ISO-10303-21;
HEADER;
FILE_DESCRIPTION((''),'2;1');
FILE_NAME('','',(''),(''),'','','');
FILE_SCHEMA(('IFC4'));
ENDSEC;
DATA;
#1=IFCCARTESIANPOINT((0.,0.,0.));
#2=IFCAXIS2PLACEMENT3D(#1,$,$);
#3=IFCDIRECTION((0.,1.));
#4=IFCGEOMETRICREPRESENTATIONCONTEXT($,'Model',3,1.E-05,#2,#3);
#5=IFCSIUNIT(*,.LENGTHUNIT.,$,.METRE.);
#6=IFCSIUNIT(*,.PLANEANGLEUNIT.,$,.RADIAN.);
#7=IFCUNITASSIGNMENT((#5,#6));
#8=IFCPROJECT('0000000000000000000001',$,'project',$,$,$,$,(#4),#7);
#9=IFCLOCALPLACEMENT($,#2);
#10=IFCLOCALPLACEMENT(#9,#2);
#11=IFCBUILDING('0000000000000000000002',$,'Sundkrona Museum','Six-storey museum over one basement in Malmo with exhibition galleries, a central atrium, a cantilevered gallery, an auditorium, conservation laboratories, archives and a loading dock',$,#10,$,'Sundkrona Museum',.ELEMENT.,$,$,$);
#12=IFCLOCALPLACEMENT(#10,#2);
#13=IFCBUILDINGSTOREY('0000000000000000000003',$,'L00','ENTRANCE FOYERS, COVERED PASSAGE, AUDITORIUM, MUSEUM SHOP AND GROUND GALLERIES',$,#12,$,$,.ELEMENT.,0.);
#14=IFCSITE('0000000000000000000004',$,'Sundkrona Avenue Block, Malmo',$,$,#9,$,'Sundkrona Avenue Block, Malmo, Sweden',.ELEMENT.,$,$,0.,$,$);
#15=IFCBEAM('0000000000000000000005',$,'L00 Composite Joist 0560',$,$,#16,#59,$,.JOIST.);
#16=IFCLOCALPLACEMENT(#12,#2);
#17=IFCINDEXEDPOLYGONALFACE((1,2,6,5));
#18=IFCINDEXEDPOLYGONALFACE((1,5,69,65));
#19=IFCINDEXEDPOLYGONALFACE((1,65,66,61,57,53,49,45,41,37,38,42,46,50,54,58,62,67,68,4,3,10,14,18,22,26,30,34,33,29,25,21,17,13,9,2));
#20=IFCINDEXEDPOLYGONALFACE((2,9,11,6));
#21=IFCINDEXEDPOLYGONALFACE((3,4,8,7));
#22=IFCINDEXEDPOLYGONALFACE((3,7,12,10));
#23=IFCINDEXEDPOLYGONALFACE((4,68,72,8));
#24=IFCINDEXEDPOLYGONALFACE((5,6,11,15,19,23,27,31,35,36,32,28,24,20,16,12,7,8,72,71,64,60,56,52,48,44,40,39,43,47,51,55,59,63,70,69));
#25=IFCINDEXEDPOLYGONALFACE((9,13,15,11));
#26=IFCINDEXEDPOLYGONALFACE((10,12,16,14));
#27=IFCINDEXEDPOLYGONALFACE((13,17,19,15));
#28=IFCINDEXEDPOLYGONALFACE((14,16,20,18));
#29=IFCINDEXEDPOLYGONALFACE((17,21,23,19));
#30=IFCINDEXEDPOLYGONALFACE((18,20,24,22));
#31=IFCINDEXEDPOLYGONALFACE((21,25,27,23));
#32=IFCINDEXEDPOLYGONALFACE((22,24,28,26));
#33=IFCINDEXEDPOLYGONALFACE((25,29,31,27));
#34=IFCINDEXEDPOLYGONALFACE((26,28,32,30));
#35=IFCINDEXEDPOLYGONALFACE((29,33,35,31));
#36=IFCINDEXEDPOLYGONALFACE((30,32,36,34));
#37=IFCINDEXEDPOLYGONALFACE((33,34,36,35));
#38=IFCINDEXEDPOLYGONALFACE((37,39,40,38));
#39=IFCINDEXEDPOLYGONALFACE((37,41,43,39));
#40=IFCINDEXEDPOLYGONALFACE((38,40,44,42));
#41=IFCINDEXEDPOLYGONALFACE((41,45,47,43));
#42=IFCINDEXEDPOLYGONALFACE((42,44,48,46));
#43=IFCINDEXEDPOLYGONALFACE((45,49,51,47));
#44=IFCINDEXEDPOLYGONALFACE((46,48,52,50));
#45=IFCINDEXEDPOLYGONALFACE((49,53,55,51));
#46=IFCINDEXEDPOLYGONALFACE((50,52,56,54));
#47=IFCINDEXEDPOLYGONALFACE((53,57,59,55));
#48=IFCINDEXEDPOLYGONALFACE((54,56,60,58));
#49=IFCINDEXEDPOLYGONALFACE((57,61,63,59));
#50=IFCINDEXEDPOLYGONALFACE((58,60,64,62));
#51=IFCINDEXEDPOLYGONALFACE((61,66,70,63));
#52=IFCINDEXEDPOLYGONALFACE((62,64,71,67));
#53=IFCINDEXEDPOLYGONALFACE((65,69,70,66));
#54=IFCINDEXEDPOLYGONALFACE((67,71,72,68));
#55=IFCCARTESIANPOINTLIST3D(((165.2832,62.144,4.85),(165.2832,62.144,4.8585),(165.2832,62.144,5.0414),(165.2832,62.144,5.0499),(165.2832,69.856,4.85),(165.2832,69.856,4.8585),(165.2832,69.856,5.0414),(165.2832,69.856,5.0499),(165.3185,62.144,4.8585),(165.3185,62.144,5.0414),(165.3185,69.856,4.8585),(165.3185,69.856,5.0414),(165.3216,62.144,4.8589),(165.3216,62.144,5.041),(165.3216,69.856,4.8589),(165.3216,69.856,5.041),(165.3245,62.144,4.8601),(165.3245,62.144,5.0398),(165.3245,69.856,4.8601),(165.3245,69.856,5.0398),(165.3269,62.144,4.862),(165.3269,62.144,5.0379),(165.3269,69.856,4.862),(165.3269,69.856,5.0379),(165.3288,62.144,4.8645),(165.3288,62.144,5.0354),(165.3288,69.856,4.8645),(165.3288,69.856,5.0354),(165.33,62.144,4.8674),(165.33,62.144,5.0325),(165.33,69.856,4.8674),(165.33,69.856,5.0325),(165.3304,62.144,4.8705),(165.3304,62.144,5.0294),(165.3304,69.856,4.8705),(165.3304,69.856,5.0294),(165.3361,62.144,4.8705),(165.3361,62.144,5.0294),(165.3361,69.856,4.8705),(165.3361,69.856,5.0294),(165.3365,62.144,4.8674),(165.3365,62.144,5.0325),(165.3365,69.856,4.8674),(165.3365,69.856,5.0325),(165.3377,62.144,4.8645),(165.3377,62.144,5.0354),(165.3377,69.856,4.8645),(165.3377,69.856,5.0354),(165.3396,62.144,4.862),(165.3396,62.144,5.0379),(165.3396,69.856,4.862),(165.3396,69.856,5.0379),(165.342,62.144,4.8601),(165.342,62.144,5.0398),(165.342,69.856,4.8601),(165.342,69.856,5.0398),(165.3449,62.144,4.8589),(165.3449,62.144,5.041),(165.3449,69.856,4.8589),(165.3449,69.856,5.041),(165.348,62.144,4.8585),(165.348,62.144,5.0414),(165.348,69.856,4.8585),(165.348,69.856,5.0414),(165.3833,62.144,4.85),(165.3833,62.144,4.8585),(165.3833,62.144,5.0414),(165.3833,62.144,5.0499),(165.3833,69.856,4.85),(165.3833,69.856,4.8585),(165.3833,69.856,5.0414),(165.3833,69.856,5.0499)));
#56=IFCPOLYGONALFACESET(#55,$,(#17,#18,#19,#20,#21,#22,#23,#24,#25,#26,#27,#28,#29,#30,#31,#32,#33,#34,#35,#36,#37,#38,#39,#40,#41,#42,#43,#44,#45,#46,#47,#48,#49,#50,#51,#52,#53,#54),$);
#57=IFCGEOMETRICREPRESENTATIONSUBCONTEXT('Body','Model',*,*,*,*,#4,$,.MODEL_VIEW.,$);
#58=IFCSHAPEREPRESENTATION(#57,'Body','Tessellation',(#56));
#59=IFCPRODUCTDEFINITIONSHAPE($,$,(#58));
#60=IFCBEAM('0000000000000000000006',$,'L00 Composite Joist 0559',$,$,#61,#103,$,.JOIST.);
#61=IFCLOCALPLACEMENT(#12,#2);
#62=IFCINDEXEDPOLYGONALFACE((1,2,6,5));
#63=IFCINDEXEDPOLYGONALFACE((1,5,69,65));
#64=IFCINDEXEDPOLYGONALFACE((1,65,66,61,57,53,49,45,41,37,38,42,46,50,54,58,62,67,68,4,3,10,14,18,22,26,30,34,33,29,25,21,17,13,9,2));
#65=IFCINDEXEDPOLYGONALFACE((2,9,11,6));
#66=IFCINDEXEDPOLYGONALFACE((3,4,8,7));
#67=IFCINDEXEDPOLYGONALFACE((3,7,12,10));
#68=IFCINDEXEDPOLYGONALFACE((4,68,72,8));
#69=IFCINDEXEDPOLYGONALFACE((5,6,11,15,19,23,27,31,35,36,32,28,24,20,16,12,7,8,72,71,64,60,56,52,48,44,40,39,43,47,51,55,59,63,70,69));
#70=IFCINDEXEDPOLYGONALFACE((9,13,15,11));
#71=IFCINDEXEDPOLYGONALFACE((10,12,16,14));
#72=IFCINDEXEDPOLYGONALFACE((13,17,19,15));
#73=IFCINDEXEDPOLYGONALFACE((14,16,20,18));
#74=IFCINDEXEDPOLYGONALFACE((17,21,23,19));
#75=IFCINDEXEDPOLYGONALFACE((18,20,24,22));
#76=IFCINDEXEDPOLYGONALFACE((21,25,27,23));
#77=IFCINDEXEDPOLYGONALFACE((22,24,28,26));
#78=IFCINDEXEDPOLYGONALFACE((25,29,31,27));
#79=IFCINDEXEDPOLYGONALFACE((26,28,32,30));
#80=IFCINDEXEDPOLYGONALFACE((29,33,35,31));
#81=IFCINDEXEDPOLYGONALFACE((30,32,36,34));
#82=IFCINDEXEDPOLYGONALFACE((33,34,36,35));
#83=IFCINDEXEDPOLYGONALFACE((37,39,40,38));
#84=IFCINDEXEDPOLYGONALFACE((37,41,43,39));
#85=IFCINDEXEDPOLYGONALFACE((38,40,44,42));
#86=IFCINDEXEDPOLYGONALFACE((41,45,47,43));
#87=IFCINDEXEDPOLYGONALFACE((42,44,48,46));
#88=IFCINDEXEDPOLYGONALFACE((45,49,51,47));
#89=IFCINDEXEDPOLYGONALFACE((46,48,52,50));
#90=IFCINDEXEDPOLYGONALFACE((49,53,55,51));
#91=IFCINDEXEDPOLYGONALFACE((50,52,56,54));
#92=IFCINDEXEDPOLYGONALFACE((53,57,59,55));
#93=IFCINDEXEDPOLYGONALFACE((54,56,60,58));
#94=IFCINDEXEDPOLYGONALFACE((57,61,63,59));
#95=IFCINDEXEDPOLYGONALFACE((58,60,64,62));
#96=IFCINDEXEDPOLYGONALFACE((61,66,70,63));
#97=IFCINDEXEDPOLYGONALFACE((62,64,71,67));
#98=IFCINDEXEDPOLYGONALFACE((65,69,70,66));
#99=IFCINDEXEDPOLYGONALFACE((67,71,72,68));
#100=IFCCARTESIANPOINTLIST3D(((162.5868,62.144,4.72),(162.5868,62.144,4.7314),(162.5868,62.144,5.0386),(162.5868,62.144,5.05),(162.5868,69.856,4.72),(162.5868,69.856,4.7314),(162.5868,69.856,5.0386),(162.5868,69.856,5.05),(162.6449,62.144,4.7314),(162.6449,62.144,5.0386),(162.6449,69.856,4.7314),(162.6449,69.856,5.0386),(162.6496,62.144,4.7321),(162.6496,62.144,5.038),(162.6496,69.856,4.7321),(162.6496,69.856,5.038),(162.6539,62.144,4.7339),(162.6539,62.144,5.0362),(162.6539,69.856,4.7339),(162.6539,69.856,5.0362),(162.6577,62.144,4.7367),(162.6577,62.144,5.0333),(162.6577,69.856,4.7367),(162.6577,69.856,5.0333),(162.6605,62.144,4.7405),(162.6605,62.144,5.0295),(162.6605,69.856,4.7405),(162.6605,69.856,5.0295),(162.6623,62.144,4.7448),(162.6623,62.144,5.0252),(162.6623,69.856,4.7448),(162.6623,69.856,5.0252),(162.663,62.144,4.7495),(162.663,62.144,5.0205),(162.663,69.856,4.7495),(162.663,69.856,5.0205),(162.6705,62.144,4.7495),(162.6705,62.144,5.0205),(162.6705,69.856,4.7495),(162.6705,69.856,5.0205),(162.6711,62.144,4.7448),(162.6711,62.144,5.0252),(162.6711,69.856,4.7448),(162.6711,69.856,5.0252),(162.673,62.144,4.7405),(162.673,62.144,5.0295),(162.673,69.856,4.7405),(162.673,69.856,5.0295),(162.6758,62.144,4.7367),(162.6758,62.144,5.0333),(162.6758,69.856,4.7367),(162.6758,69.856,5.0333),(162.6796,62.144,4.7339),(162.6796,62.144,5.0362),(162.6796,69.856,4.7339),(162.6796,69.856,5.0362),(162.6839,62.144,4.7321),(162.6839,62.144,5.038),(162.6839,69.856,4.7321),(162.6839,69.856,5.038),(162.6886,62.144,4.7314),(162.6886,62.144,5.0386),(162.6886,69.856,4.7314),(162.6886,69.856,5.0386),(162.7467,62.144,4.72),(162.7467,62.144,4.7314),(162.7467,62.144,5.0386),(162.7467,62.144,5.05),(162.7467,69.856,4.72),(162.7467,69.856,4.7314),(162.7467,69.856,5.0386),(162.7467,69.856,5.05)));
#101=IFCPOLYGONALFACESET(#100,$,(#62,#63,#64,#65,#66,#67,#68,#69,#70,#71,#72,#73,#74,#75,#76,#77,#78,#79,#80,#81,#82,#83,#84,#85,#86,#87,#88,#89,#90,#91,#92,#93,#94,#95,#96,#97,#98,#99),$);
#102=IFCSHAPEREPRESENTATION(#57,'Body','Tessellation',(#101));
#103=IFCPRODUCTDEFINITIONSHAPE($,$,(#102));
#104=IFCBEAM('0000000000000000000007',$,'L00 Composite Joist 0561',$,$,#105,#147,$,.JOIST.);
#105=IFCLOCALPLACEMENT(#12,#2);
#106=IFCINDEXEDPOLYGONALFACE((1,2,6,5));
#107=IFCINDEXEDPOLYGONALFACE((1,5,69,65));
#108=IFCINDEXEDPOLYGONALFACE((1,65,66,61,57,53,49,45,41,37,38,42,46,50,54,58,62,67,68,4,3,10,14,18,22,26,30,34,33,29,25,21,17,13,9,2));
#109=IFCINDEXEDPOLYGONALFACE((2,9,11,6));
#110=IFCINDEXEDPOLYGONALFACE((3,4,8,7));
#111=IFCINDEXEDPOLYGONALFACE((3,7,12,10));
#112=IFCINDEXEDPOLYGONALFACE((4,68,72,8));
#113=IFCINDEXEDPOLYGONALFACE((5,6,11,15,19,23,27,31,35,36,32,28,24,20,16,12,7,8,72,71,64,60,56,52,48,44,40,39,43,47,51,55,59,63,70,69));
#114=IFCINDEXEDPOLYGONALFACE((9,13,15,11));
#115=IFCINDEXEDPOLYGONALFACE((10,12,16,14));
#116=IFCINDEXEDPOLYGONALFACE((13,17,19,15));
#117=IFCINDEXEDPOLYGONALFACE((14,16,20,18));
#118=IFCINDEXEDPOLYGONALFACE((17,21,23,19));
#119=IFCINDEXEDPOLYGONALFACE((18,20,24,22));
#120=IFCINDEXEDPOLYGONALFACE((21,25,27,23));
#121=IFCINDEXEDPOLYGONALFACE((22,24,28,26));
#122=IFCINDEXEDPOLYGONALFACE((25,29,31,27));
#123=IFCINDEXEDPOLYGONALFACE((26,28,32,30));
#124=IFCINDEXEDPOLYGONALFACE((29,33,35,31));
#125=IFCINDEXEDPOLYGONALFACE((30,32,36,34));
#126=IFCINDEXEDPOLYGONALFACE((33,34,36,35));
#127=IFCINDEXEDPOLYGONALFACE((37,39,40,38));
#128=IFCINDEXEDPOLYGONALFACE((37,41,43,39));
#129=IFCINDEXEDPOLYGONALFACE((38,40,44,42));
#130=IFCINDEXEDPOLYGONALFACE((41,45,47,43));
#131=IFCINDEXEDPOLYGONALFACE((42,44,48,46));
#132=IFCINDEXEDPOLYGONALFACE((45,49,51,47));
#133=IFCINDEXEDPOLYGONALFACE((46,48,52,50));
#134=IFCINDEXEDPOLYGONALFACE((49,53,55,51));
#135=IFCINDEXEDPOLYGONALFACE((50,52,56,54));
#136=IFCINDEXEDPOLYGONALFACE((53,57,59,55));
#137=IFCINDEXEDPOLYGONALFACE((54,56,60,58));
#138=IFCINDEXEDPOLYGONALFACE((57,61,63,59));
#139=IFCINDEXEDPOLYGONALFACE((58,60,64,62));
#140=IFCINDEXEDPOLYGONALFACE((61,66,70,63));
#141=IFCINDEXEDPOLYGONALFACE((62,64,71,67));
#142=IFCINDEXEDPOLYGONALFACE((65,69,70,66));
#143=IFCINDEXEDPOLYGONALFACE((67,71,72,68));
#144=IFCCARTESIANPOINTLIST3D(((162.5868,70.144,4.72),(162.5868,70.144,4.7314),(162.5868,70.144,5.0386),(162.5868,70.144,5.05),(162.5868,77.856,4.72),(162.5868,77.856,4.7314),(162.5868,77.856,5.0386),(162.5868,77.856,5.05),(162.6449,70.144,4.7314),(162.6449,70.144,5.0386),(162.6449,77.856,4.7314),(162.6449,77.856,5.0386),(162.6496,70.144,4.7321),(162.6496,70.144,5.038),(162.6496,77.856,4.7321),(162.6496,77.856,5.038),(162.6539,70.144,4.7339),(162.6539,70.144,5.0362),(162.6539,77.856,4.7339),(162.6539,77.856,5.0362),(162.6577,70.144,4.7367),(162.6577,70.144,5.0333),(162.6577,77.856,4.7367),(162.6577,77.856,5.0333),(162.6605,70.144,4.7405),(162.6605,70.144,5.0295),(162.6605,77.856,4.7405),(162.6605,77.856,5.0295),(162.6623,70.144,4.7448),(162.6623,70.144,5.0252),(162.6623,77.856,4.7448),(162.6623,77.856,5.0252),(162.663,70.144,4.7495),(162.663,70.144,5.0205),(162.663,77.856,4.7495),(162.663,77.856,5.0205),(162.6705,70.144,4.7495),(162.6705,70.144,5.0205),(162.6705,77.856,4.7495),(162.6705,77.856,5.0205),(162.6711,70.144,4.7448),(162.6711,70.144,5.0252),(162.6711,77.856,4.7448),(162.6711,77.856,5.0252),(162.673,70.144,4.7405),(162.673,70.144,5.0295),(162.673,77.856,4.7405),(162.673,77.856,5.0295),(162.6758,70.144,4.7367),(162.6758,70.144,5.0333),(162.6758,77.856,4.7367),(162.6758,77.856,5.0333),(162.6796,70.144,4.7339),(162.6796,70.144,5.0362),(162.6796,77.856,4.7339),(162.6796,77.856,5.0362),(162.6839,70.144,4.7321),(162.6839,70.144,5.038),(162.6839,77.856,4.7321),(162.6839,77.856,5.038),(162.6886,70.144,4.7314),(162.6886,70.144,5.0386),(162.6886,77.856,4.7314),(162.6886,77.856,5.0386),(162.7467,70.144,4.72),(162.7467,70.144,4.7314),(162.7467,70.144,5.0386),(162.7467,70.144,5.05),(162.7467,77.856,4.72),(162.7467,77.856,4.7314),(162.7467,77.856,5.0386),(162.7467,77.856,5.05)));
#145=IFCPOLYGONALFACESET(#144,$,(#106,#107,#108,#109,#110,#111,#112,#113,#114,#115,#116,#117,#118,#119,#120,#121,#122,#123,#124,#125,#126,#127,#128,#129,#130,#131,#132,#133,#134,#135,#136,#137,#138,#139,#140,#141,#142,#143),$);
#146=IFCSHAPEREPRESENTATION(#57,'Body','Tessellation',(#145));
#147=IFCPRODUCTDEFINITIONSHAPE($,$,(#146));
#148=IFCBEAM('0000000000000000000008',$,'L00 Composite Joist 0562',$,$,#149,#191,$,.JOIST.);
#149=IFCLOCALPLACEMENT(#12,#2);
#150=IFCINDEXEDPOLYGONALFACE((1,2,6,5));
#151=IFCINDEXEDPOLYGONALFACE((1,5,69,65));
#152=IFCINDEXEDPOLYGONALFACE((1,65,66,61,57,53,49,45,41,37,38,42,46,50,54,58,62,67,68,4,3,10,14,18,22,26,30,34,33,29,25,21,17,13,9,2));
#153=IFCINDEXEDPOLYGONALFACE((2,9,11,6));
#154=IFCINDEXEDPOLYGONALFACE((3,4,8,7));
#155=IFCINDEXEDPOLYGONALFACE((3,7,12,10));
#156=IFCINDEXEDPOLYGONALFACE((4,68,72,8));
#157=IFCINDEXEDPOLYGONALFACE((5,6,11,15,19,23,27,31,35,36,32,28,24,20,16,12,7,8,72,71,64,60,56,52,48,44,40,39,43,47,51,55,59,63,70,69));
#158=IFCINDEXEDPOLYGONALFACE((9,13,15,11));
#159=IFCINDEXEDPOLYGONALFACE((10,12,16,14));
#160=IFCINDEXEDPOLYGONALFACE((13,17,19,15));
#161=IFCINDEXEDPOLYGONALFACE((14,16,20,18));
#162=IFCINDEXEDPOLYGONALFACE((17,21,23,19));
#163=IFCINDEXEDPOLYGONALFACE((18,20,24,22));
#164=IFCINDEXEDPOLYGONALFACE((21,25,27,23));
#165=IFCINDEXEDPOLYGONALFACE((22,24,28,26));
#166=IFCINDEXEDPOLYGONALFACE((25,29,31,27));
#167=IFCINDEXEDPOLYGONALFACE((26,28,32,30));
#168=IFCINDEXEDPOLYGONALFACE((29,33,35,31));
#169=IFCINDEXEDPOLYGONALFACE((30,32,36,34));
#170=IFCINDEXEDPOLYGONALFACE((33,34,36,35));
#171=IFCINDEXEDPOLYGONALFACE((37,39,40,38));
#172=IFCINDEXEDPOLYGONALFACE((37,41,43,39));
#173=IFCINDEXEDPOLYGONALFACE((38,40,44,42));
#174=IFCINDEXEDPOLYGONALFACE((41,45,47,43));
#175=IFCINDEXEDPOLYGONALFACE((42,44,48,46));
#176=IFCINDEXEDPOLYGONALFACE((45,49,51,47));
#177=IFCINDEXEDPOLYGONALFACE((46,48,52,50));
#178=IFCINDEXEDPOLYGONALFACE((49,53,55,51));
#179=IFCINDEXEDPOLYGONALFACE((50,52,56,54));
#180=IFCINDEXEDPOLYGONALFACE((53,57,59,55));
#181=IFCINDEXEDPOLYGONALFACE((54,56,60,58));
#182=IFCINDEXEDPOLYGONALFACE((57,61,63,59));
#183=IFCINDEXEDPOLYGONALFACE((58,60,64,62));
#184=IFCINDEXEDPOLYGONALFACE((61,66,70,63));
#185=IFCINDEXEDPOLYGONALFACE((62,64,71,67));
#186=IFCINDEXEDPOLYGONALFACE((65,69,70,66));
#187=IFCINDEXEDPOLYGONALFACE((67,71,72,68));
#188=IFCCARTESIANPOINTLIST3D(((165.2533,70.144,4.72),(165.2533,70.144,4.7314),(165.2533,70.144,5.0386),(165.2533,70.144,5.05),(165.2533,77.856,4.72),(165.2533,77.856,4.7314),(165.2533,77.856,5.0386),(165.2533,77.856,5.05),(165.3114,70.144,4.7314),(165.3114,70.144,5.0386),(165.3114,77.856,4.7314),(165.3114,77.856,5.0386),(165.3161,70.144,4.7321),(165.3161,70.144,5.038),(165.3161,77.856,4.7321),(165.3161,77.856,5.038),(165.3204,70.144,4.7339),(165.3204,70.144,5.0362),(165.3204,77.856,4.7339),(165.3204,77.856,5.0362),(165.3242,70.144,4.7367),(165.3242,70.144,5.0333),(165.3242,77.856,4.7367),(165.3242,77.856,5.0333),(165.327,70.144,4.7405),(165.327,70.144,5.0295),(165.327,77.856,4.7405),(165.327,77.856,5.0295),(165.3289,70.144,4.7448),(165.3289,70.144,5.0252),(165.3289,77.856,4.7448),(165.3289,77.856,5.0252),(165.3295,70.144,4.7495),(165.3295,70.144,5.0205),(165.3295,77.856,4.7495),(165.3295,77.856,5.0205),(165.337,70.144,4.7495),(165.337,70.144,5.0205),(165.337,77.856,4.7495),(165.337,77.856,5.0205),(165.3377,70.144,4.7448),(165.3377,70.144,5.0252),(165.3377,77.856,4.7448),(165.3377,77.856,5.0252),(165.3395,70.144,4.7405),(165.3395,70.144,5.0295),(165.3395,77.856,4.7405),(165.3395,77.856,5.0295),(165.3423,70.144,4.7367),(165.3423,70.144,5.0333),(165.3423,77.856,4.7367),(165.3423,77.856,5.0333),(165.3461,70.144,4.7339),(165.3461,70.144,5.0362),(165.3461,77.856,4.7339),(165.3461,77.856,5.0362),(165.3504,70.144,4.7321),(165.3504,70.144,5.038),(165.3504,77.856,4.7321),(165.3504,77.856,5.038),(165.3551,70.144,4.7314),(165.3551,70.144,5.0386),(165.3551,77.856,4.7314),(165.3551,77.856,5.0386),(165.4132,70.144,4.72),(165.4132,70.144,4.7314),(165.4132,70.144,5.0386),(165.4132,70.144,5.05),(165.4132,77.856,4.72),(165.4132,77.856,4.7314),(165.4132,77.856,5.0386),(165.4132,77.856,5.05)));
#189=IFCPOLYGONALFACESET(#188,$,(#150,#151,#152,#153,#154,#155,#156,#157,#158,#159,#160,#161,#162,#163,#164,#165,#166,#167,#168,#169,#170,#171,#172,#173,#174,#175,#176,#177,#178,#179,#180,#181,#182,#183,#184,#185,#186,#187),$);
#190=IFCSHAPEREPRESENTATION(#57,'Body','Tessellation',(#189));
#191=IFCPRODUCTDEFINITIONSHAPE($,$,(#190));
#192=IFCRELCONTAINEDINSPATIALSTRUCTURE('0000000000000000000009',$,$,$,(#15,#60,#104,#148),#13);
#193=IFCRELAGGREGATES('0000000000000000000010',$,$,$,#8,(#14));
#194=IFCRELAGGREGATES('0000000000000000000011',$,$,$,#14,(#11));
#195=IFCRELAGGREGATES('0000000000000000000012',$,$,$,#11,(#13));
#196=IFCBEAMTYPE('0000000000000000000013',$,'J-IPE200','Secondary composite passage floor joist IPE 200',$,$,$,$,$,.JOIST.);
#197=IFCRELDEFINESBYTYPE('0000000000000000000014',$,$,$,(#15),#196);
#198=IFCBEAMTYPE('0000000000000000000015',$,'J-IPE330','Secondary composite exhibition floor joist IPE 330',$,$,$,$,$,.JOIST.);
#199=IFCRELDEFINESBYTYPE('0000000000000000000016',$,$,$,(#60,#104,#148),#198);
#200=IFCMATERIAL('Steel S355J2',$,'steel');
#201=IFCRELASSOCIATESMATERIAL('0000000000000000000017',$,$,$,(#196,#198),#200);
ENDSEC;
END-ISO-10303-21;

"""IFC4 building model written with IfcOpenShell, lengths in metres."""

from ifc_helpers import new_model, si_unit, direction, frame, origin, origin_2d, place, context, subcontext, project, spatial, i_section, extrude, material, material_profile, profile_set, type_object, element, save


model = new_model("IFC4")

# Units and contexts
model_context = context("Model", 3, precision=1e-05, world=origin(), true_north=direction((0.0, 1.0)))
body_context = subcontext(model_context, "Body", "Model", "MODEL_VIEW")
ifc_project = project(units=[si_unit("LENGTHUNIT", "METRE"), si_unit("PLANEANGLEUNIT", "RADIAN")], contexts=[model_context])

# Site, building, storey
site_placement = place(None, origin())
site = spatial("IfcSite", under=ifc_project, at=site_placement, Name="Sundkrona Avenue Block, Malmo", LongName="Sundkrona Avenue Block, Malmo, Sweden", CompositionType="ELEMENT", RefElevation=0.0)
building_placement = place(site_placement, origin())
building = spatial("IfcBuilding", under=site, at=building_placement, Name="Sundkrona Museum", Description="Six-storey museum over one basement in Malmo with exhibition galleries, a central atrium, a cantilevered gallery, an auditorium, conservation laboratories, archives and a loading dock", LongName="Sundkrona Museum", CompositionType="ELEMENT")
storey_placement = place(building_placement, origin())
storey = spatial("IfcBuildingStorey", under=building, at=storey_placement, Name="L00", Description="ENTRANCE FOYERS, COVERED PASSAGE, AUDITORIUM, MUSEUM SHOP AND GROUND GALLERIES", CompositionType="ELEMENT", Elevation=0.0)

# Shared definitions
ifc_material_1 = material(Name="Steel S355J2", Category="steel")

# Beams
ifc_material_profile_1 = material_profile(ifc_material_1, i_section(OverallWidth=0.1001, OverallDepth=0.2, WebThickness=0.0056, FlangeThickness=0.0085, FilletRadius=0.012, at=origin_2d()), Name="IPE 200")
ifc_profile_set_1 = profile_set([ifc_material_profile_1], Name="Steel S355J2")
beam_type_1 = type_object("IfcBeamType", Name="J-IPE200", Description="Secondary composite passage floor joist IPE 200", PredefinedType="JOIST", material=ifc_profile_set_1)
beam_placement = place(storey_placement, frame((165.3333, 62.144, 4.95), z_axis=(0.0, 1.0, 0.0), x_axis=(-1.0, 0.0, 0.0)))
element("IfcBeam", 1, at=beam_placement, inside=storey, type_object=beam_type_1, Name="L00 Composite Joist 0560", PredefinedType="JOIST", context=body_context, shape_type="SweptSolid", body=[
    extrude(i_section(OverallWidth=0.1001, OverallDepth=0.2, WebThickness=0.0056, FlangeThickness=0.0085, FilletRadius=0.012, at=origin_2d()), origin(), (0.0, 0.0, 1.0), 7.7119),
])
ifc_material_profile_2 = material_profile(ifc_material_1, i_section(OverallWidth=0.1599, OverallDepth=0.3301, WebThickness=0.0076, FlangeThickness=0.0115, FilletRadius=0.0181, at=origin_2d()), Name="IPE 330")
ifc_profile_set_2 = profile_set([ifc_material_profile_2], Name="Steel S355J2")
beam_type_2 = type_object("IfcBeamType", Name="J-IPE330", Description="Secondary composite exhibition floor joist IPE 330", PredefinedType="JOIST", material=ifc_profile_set_2)
for number, where, z_axis, x_axis, name in (
    (2, (162.6667, 62.144, 4.885), (0.0, 1.0, 0.0), (-1.0, 0.0, 0.0), "L00 Composite Joist 0559"),
    (3, (162.6667, 70.144, 4.885), (0.0, 1.0, 0.0), (-1.0, 0.0, 0.0), "L00 Composite Joist 0561"),
    (4, (165.3333, 70.144, 4.885), (0.0, 1.0, 0.0), (-1.0, 0.0, 0.0), "L00 Composite Joist 0562"),
):
    element("IfcBeam", number, at=place(storey_placement, frame(where, z_axis=z_axis, x_axis=x_axis)), inside=storey, type_object=beam_type_2, Name=name, PredefinedType="JOIST", context=body_context, shape_type="SweptSolid", body=[
        extrude(i_section(OverallWidth=0.1599, OverallDepth=0.3301, WebThickness=0.0076, FlangeThickness=0.0115, FilletRadius=0.0181, at=origin_2d()), origin(), (0.0, 0.0, 1.0), 7.7119),
    ])

save(model, "model.ifc")
